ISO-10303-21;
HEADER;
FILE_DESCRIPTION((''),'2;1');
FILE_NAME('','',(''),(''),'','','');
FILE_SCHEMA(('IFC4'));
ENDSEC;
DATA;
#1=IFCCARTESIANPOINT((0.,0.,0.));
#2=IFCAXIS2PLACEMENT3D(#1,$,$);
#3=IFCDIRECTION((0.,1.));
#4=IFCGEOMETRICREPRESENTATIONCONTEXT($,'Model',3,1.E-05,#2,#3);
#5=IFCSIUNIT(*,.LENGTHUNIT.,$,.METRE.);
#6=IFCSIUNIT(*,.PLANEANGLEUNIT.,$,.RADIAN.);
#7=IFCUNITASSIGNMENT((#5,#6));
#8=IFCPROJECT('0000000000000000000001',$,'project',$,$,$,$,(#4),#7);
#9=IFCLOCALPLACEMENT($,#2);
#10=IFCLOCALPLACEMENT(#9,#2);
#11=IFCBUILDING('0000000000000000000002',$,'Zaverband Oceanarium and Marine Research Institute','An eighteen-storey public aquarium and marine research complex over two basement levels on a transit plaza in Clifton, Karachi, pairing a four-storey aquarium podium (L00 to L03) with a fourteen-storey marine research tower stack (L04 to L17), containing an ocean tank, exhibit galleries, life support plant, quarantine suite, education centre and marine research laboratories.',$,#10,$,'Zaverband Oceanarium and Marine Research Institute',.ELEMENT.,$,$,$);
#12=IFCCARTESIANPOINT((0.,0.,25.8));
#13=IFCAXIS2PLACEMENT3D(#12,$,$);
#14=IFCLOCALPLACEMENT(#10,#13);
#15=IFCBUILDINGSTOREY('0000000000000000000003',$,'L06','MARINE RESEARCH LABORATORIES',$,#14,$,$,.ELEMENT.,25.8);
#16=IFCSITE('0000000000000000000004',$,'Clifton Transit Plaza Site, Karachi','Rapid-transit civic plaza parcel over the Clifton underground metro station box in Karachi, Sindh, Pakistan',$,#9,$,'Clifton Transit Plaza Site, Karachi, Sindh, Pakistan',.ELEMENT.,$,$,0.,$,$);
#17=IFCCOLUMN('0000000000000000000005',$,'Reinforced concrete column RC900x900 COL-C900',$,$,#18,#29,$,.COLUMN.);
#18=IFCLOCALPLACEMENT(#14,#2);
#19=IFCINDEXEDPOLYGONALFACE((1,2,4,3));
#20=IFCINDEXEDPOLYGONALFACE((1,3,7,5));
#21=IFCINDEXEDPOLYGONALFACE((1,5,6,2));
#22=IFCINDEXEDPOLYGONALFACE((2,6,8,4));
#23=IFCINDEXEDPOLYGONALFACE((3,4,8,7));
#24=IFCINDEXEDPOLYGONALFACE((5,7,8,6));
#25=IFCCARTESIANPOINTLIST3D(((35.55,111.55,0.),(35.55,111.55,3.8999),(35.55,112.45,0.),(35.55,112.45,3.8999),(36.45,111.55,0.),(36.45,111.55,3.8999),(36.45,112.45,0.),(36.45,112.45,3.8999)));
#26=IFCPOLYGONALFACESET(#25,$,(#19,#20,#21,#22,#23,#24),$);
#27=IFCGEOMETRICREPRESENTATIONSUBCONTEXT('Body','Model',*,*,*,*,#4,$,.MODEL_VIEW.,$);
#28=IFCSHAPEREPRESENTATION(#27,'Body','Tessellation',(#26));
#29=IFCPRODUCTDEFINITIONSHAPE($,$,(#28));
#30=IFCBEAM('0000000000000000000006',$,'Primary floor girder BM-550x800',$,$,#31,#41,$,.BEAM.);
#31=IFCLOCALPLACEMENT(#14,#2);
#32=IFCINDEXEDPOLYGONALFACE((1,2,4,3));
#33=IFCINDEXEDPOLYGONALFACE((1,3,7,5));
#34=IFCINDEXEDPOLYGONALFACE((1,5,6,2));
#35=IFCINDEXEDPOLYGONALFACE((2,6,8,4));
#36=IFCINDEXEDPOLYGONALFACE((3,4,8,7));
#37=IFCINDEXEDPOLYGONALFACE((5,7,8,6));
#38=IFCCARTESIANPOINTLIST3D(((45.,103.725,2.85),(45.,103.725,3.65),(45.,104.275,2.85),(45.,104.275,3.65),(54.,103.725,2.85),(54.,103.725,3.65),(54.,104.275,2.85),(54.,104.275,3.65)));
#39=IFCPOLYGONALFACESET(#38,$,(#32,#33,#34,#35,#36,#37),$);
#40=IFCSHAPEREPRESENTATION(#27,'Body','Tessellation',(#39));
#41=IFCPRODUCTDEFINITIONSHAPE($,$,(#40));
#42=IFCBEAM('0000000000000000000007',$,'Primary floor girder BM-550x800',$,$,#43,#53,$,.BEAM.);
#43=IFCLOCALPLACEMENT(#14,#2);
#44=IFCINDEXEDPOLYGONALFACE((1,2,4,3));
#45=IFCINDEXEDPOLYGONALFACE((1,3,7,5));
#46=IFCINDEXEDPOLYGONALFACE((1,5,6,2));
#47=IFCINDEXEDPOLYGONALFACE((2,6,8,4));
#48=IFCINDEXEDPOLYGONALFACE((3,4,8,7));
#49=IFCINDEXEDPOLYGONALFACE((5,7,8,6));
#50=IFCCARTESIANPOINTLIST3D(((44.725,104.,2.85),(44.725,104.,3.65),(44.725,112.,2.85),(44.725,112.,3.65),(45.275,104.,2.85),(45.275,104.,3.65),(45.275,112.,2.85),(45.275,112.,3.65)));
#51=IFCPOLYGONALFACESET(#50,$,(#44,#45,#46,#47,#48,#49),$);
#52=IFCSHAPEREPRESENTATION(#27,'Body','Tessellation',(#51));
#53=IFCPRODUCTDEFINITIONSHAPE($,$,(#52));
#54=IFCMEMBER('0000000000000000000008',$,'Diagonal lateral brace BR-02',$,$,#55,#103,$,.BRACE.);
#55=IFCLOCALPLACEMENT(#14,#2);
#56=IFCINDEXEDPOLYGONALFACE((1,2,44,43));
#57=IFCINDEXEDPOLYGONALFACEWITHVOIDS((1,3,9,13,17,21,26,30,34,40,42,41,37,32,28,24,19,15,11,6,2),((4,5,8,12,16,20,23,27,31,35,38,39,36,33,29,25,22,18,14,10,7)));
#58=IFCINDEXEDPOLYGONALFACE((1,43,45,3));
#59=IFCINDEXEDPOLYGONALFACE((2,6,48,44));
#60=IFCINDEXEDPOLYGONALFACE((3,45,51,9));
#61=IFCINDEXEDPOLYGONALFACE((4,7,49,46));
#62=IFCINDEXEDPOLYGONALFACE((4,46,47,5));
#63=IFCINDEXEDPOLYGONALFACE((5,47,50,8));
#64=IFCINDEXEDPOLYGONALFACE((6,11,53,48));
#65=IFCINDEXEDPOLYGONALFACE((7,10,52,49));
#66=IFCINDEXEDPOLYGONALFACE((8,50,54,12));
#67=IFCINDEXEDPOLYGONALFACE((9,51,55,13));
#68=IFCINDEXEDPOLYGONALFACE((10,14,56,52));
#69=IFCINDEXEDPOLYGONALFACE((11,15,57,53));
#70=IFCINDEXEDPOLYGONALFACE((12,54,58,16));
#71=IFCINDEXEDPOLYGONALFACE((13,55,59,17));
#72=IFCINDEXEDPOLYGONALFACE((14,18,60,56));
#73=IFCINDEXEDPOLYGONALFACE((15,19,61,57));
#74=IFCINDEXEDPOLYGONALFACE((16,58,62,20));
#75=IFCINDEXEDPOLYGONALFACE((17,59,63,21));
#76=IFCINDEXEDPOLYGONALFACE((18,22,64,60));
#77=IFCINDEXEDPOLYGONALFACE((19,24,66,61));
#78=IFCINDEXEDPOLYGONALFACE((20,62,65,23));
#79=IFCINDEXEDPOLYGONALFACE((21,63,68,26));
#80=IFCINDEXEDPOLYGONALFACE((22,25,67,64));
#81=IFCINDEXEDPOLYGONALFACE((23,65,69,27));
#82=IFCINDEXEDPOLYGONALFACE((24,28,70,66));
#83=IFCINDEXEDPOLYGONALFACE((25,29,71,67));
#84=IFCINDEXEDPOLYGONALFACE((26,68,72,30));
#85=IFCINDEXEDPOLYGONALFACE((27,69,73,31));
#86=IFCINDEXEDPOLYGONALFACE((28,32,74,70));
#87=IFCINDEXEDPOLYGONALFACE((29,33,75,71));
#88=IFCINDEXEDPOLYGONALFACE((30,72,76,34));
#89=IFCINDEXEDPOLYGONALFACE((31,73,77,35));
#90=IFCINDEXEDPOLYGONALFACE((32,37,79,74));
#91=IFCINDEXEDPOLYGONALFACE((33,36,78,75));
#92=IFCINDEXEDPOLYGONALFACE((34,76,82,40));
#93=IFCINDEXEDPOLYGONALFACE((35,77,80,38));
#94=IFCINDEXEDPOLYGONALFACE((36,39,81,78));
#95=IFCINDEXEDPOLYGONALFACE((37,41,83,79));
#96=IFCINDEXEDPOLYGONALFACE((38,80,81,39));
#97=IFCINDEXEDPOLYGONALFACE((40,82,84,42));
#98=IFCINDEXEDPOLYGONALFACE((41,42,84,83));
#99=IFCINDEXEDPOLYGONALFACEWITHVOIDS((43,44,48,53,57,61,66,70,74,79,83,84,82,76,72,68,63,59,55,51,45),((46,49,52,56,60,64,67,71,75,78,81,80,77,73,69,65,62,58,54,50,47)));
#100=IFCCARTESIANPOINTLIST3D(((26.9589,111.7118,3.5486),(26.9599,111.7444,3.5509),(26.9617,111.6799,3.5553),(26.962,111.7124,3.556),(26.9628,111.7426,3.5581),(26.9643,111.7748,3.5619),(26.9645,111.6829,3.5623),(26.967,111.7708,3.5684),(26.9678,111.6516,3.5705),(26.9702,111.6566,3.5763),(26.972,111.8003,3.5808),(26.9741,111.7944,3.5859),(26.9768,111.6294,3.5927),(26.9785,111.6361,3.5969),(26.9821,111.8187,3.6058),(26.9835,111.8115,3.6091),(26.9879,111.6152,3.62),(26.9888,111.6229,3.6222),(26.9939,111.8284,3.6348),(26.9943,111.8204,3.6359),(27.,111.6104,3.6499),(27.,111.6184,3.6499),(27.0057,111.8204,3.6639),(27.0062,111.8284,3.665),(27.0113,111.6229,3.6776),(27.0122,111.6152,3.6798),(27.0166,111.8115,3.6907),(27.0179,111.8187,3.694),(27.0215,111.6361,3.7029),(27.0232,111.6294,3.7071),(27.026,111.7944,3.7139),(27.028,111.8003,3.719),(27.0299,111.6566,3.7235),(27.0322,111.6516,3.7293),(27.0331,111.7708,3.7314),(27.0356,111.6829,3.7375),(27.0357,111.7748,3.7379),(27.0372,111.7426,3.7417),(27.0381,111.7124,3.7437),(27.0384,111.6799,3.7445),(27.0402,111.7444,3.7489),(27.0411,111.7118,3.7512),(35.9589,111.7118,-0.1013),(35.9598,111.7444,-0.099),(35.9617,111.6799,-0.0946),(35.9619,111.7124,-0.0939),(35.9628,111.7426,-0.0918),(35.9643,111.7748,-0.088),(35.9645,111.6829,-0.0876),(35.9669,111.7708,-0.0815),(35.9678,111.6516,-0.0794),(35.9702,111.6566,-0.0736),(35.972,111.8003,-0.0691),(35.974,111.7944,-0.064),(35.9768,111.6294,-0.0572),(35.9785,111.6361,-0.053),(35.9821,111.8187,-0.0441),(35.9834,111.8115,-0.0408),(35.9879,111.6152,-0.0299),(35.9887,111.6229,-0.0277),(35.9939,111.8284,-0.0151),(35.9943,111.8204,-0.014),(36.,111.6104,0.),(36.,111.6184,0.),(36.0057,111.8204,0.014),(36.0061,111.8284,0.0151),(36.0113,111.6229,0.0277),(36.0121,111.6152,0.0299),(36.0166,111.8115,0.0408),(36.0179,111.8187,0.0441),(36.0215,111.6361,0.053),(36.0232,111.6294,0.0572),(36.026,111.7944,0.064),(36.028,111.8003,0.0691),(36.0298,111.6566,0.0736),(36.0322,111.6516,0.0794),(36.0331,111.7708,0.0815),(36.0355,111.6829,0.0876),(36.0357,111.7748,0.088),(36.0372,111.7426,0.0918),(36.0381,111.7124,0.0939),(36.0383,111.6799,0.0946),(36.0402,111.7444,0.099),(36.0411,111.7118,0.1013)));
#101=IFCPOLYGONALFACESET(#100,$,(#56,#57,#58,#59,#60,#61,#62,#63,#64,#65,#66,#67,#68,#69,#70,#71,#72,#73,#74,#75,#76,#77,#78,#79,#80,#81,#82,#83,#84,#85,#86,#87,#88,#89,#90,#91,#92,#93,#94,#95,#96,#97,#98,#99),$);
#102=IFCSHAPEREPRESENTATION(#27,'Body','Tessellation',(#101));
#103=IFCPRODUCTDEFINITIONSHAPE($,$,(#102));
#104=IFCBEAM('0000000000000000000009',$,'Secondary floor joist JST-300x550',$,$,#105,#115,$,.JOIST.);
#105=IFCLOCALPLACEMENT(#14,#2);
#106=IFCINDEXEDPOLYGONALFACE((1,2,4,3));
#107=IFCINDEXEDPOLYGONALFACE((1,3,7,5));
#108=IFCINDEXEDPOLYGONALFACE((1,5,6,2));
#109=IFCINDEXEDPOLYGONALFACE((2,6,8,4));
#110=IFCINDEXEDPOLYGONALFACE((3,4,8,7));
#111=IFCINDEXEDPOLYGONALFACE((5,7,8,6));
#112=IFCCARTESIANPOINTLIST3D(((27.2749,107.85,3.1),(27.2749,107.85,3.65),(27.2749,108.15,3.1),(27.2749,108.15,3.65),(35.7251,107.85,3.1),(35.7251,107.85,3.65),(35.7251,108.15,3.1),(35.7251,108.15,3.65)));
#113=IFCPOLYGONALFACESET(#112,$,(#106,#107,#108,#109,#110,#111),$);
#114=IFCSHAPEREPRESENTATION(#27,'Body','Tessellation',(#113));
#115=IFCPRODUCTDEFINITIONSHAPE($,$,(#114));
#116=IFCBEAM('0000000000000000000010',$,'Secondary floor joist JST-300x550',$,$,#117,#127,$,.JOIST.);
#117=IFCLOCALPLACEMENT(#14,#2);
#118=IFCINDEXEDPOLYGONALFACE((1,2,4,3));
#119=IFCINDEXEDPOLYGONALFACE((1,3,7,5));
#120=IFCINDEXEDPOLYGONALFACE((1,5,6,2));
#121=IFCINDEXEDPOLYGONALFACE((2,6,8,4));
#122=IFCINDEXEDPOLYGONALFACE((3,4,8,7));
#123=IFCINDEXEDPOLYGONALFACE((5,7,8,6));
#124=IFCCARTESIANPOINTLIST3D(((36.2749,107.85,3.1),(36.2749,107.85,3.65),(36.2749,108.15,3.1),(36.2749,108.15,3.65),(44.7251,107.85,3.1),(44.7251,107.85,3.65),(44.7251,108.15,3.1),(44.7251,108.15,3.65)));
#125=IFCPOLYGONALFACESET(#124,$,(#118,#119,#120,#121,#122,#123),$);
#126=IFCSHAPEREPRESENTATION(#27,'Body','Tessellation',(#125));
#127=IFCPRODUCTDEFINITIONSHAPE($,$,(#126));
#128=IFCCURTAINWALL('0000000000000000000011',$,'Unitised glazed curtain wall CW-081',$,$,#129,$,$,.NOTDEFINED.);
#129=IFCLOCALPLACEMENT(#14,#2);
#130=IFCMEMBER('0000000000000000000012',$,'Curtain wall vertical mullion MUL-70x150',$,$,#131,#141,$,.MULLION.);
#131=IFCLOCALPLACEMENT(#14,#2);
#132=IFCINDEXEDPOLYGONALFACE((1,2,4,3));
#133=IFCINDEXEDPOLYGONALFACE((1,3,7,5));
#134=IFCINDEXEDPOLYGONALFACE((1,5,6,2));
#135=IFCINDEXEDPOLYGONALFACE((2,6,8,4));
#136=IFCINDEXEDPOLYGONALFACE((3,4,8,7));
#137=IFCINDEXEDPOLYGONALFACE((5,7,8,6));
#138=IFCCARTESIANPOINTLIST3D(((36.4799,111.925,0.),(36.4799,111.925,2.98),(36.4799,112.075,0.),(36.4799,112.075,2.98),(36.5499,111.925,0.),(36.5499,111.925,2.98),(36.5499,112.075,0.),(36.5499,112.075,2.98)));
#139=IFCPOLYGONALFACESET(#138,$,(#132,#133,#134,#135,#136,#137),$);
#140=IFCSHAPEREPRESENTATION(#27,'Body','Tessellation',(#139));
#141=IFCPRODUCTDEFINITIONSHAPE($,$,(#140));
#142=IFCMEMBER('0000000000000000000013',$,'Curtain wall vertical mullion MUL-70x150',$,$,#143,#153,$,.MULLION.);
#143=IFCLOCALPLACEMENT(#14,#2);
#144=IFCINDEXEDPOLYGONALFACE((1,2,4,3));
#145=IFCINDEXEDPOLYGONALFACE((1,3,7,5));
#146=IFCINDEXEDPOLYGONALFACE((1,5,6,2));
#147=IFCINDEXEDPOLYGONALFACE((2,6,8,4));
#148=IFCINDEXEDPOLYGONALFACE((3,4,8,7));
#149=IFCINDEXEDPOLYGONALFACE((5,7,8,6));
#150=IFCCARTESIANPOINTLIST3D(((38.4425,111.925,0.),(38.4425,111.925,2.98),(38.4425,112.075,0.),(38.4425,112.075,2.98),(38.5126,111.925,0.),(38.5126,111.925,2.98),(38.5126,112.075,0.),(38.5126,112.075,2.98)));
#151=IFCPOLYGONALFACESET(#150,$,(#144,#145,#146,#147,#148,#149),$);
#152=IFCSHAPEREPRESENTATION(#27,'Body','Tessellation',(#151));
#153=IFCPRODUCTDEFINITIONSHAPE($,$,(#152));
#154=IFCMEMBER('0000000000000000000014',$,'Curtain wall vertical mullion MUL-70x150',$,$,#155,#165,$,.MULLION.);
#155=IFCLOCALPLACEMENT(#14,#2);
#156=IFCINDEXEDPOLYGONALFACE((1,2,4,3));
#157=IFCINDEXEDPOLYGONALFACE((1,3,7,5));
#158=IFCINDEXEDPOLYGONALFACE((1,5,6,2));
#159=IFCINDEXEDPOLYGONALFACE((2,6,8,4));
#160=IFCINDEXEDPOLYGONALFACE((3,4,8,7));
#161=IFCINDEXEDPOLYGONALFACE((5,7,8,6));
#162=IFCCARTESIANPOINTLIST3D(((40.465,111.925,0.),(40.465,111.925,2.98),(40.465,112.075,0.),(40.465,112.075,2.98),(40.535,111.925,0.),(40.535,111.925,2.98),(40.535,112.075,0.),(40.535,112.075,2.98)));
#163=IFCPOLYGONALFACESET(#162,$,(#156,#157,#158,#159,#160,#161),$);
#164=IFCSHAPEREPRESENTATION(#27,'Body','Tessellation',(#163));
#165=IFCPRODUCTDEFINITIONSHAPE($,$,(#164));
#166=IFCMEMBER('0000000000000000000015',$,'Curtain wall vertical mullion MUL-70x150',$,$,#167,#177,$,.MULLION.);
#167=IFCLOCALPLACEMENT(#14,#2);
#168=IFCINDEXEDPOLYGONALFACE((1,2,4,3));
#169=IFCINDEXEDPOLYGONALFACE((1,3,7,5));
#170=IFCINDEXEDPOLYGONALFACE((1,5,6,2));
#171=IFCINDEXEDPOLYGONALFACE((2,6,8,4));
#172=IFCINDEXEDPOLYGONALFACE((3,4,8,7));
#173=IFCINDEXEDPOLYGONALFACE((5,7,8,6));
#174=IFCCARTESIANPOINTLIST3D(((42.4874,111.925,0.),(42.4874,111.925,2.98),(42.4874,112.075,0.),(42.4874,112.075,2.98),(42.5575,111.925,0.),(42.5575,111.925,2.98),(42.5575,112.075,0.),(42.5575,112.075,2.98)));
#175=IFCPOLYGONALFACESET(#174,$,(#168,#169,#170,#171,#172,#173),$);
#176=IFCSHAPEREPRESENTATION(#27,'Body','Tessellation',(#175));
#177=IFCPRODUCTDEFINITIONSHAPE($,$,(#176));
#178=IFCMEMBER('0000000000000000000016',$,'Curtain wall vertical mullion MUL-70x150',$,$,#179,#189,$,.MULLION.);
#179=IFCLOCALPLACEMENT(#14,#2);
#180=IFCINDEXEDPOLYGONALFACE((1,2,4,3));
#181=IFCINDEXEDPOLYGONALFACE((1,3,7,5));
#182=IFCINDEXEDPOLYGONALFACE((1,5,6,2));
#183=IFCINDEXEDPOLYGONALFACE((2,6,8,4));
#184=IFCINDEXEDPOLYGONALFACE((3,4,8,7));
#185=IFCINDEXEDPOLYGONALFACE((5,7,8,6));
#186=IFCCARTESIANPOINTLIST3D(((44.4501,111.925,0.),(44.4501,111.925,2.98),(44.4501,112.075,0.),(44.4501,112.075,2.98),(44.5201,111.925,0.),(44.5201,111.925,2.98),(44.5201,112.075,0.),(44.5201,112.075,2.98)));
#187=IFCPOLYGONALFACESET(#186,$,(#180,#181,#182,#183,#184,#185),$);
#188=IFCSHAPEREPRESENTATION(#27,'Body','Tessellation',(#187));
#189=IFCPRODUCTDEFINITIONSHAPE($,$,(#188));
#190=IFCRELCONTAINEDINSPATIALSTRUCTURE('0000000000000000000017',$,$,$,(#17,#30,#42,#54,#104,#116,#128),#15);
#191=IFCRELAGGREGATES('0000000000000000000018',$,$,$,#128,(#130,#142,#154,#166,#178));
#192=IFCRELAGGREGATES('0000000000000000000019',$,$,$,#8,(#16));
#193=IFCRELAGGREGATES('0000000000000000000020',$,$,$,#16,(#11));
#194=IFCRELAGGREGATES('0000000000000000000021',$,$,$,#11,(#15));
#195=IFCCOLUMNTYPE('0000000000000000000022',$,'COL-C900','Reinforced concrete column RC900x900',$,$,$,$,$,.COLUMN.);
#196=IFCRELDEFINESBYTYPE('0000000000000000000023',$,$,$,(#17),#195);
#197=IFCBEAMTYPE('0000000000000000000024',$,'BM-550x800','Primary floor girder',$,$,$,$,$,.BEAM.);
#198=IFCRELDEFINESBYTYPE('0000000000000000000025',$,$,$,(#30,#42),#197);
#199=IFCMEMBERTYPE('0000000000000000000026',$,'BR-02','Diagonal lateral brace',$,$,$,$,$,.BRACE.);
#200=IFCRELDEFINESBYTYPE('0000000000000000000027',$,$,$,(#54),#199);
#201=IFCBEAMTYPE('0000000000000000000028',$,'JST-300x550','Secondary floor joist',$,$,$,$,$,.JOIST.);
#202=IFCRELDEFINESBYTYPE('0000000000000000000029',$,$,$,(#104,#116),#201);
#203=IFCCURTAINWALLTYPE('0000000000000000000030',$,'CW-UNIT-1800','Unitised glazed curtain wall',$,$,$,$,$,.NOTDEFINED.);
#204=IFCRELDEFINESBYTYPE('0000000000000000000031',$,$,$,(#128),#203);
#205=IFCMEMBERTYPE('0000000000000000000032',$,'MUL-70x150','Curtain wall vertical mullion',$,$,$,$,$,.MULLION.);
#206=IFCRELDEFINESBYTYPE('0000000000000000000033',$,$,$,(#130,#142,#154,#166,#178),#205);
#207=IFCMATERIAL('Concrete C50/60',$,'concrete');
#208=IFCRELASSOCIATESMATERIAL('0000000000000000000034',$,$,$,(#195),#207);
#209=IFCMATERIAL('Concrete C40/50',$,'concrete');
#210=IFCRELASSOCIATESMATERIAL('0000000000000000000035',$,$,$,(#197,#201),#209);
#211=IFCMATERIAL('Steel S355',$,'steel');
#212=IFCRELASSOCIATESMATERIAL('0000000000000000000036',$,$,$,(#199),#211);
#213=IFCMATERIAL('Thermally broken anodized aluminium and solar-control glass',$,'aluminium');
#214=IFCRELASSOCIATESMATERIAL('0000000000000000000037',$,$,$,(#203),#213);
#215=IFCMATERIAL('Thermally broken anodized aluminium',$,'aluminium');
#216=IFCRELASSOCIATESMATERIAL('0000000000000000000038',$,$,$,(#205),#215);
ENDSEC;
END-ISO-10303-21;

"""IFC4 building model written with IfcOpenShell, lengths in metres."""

from ifc_helpers import new_model, si_unit, direction, frame, origin, origin_2d, place, context, subcontext, project, spatial, rectangle, hollow_circle, extrude, material, material_profile, profile_set, type_object, element, aggregate, save


model = new_model("IFC4")

# Units and contexts
model_context = context("Model", 3, precision=1e-05, world=origin(), true_north=direction((0.0, 1.0)))
body_context = subcontext(model_context, "Body", "Model", "MODEL_VIEW")
ifc_project = project(units=[si_unit("LENGTHUNIT", "METRE"), si_unit("PLANEANGLEUNIT", "RADIAN")], contexts=[model_context])

# Site, building, storey
site_placement = place(None, origin())
site = spatial("IfcSite", under=ifc_project, at=site_placement, Name="Clifton Transit Plaza Site, Karachi", Description="Rapid-transit civic plaza parcel over the Clifton underground metro station box in Karachi, Sindh, Pakistan", LongName="Clifton Transit Plaza Site, Karachi, Sindh, Pakistan", CompositionType="ELEMENT", RefElevation=0.0)
building_placement = place(site_placement, origin())
building = spatial("IfcBuilding", under=site, at=building_placement, Name="Zaverband Oceanarium and Marine Research Institute", Description="An eighteen-storey public aquarium and marine research complex over two basement levels on a transit plaza in Clifton, Karachi, pairing a four-storey aquarium podium (L00 to L03) with a fourteen-storey marine research tower stack (L04 to L17), containing an ocean tank, exhibit galleries, life support plant, quarantine suite, education centre and marine research laboratories.", LongName="Zaverband Oceanarium and Marine Research Institute", CompositionType="ELEMENT")
storey_placement = place(building_placement, frame((0.0, 0.0, 25.8)))
storey = spatial("IfcBuildingStorey", under=building, at=storey_placement, Name="L06", Description="MARINE RESEARCH LABORATORIES", CompositionType="ELEMENT", Elevation=25.8)

# Column
ifc_material_1 = material(Name="Concrete C50/60", Category="concrete")
ifc_material_profile_1 = material_profile(ifc_material_1, rectangle(XDim=0.8999, YDim=0.8999, at=origin_2d()), Name="RC900x900")
ifc_profile_set_1 = profile_set([ifc_material_profile_1], Name="Concrete C50/60")
column_type = type_object("IfcColumnType", Name="COL-C900", Description="Reinforced concrete column RC900x900", PredefinedType="COLUMN", material=ifc_profile_set_1)
column_placement = place(storey_placement, frame((36.0, 112.0, 0.0), z_axis=(0.0, 0.0, 1.0), x_axis=(1.0, 0.0, 0.0)))
element("IfcColumn", 1, at=column_placement, inside=storey, type_object=column_type, Name="Reinforced concrete column RC900x900 COL-C900", PredefinedType="COLUMN", context=body_context, shape_type="SweptSolid", body=[
    extrude(rectangle(XDim=0.8999, YDim=0.8999, at=origin_2d()), origin(), (0.0, 0.0, 1.0), 3.8999),
])

# Beams
ifc_material_2 = material(Name="Concrete C40/50", Category="concrete")
ifc_material_profile_2 = material_profile(ifc_material_2, rectangle(XDim=0.55, YDim=0.8, at=origin_2d()), Name="RC550x800")
ifc_profile_set_2 = profile_set([ifc_material_profile_2], Name="Concrete C40/50")
beam_type_1 = type_object("IfcBeamType", Name="BM-550x800", Description="Primary floor girder", PredefinedType="BEAM", material=ifc_profile_set_2)
beam_1_placement = place(storey_placement, frame((45.0, 104.0, 3.25), z_axis=(1.0, 0.0, 0.0), x_axis=(0.0, 1.0, 0.0)))
element("IfcBeam", 2, at=beam_1_placement, inside=storey, type_object=beam_type_1, Name="Primary floor girder BM-550x800", PredefinedType="BEAM", context=body_context, shape_type="SweptSolid", body=[
    extrude(rectangle(XDim=0.55, YDim=0.8, at=origin_2d()), origin(), (0.0, 0.0, 1.0), 9.0),
])
beam_2_placement = place(storey_placement, frame((45.0, 104.0, 3.25), z_axis=(0.0, 1.0, 0.0), x_axis=(-1.0, 0.0, 0.0)))
element("IfcBeam", 3, at=beam_2_placement, inside=storey, type_object=beam_type_1, Name="Primary floor girder BM-550x800", PredefinedType="BEAM", context=body_context, shape_type="SweptSolid", body=[
    extrude(rectangle(XDim=0.55, YDim=0.8, at=origin_2d()), origin(), (0.0, 0.0, 1.0), 8.0),
])

# Member
ifc_material_3 = material(Name="Steel S355", Category="steel")
ifc_material_profile_3 = material_profile(ifc_material_3, hollow_circle(Radius=0.1096, WallThickness=0.0081, at=origin_2d()), Name="CHS219x8")
ifc_profile_set_3 = profile_set([ifc_material_profile_3], Name="Steel S355")
member_type_1 = type_object("IfcMemberType", Name="BR-02", Description="Diagonal lateral brace", PredefinedType="BRACE", material=ifc_profile_set_3)
member_1_placement = place(storey_placement, frame((36.0, 111.72, 0.0), z_axis=(-0.926694, 0.0, 0.375816), x_axis=(0.0, -1.0, 0.0)))
element("IfcMember", 4, at=member_1_placement, inside=storey, type_object=member_type_1, Name="Diagonal lateral brace BR-02", PredefinedType="BRACE", context=body_context, shape_type="SweptSolid", body=[
    extrude(hollow_circle(Radius=0.1096, WallThickness=0.0081, at=origin_2d()), origin(), (0.0, 0.0, 1.0), 9.7119),
])

# Beams
ifc_material_profile_4 = material_profile(ifc_material_2, rectangle(XDim=0.3, YDim=0.55, at=origin_2d()), Name="RC300x550")
ifc_profile_set_4 = profile_set([ifc_material_profile_4], Name="Concrete C40/50")
beam_type_2 = type_object("IfcBeamType", Name="JST-300x550", Description="Secondary floor joist", PredefinedType="JOIST", material=ifc_profile_set_4)
for number, where, z_axis, x_axis, name in (
    (5, (27.2749, 108.0, 3.375), (1.0, 0.0, 0.0), (0.0, 1.0, 0.0), "Secondary floor joist JST-300x550"),
    (6, (36.2749, 108.0, 3.375), (1.0, 0.0, 0.0), (0.0, 1.0, 0.0), "Secondary floor joist JST-300x550"),
):
    element("IfcBeam", number, at=place(storey_placement, frame(where, z_axis=z_axis, x_axis=x_axis)), inside=storey, type_object=beam_type_2, Name=name, PredefinedType="JOIST", context=body_context, shape_type="SweptSolid", body=[
        extrude(rectangle(XDim=0.3, YDim=0.55, at=origin_2d()), origin(), (0.0, 0.0, 1.0), 8.4502),
    ])

# Curtain wall, members
ifc_material_4 = material(Name="Thermally broken anodized aluminium and solar-control glass", Category="aluminium")
curtain_wall_type = type_object("IfcCurtainWallType", Name="CW-UNIT-1800", Description="Unitised glazed curtain wall", PredefinedType="NOTDEFINED", material=ifc_material_4)
curtain_wall_placement = place(storey_placement, origin())
curtain_wall = element("IfcCurtainWall", 7, at=curtain_wall_placement, inside=storey, type_object=curtain_wall_type, Name="Unitised glazed curtain wall CW-081", PredefinedType="NOTDEFINED")
ifc_material_5 = material(Name="Thermally broken anodized aluminium", Category="aluminium")
ifc_material_profile_5 = material_profile(ifc_material_5, rectangle(XDim=0.0701, YDim=0.1499, at=origin_2d()), Name="AL-MUL-70x150")
ifc_profile_set_5 = profile_set([ifc_material_profile_5], Name="Thermally broken anodized aluminium")
member_type_2 = type_object("IfcMemberType", Name="MUL-70x150", Description="Curtain wall vertical mullion", PredefinedType="MULLION", material=ifc_profile_set_5)
member_2_placement = place(storey_placement, frame((36.5149, 112.0, 0.0), z_axis=(0.0, 0.0, 1.0), x_axis=(1.0, 0.0, 0.0)))
member_2 = element("IfcMember", 8, at=member_2_placement, type_object=member_type_2, Name="Curtain wall vertical mullion MUL-70x150", PredefinedType="MULLION", context=body_context, shape_type="SweptSolid", body=[
    extrude(rectangle(XDim=0.0701, YDim=0.1499, at=origin_2d()), origin(), (0.0, 0.0, 1.0), 2.98),
])
member_3_placement = place(storey_placement, frame((38.4775, 112.0, 0.0), z_axis=(0.0, 0.0, 1.0), x_axis=(1.0, 0.0, 0.0)))
member_3 = element("IfcMember", 9, at=member_3_placement, type_object=member_type_2, Name="Curtain wall vertical mullion MUL-70x150", PredefinedType="MULLION", context=body_context, shape_type="SweptSolid", body=[
    extrude(rectangle(XDim=0.0701, YDim=0.1499, at=origin_2d()), origin(), (0.0, 0.0, 1.0), 2.98),
])
member_4_placement = place(storey_placement, frame((40.5, 112.0, 0.0), z_axis=(0.0, 0.0, 1.0), x_axis=(1.0, 0.0, 0.0)))
member_4 = element("IfcMember", 10, at=member_4_placement, type_object=member_type_2, Name="Curtain wall vertical mullion MUL-70x150", PredefinedType="MULLION", context=body_context, shape_type="SweptSolid", body=[
    extrude(rectangle(XDim=0.0701, YDim=0.1499, at=origin_2d()), origin(), (0.0, 0.0, 1.0), 2.98),
])
member_5_placement = place(storey_placement, frame((42.5225, 112.0, 0.0), z_axis=(0.0, 0.0, 1.0), x_axis=(1.0, 0.0, 0.0)))
member_5 = element("IfcMember", 11, at=member_5_placement, type_object=member_type_2, Name="Curtain wall vertical mullion MUL-70x150", PredefinedType="MULLION", context=body_context, shape_type="SweptSolid", body=[
    extrude(rectangle(XDim=0.0701, YDim=0.1499, at=origin_2d()), origin(), (0.0, 0.0, 1.0), 2.98),
])
member_6_placement = place(storey_placement, frame((44.4851, 112.0, 0.0), z_axis=(0.0, 0.0, 1.0), x_axis=(1.0, 0.0, 0.0)))
member_6 = element("IfcMember", 12, at=member_6_placement, type_object=member_type_2, Name="Curtain wall vertical mullion MUL-70x150", PredefinedType="MULLION", context=body_context, shape_type="SweptSolid", body=[
    extrude(rectangle(XDim=0.0701, YDim=0.1499, at=origin_2d()), origin(), (0.0, 0.0, 1.0), 2.98),
])

aggregate(curtain_wall, [member_2, member_3, member_4, member_5, member_6])

save(model, "model.ifc")
